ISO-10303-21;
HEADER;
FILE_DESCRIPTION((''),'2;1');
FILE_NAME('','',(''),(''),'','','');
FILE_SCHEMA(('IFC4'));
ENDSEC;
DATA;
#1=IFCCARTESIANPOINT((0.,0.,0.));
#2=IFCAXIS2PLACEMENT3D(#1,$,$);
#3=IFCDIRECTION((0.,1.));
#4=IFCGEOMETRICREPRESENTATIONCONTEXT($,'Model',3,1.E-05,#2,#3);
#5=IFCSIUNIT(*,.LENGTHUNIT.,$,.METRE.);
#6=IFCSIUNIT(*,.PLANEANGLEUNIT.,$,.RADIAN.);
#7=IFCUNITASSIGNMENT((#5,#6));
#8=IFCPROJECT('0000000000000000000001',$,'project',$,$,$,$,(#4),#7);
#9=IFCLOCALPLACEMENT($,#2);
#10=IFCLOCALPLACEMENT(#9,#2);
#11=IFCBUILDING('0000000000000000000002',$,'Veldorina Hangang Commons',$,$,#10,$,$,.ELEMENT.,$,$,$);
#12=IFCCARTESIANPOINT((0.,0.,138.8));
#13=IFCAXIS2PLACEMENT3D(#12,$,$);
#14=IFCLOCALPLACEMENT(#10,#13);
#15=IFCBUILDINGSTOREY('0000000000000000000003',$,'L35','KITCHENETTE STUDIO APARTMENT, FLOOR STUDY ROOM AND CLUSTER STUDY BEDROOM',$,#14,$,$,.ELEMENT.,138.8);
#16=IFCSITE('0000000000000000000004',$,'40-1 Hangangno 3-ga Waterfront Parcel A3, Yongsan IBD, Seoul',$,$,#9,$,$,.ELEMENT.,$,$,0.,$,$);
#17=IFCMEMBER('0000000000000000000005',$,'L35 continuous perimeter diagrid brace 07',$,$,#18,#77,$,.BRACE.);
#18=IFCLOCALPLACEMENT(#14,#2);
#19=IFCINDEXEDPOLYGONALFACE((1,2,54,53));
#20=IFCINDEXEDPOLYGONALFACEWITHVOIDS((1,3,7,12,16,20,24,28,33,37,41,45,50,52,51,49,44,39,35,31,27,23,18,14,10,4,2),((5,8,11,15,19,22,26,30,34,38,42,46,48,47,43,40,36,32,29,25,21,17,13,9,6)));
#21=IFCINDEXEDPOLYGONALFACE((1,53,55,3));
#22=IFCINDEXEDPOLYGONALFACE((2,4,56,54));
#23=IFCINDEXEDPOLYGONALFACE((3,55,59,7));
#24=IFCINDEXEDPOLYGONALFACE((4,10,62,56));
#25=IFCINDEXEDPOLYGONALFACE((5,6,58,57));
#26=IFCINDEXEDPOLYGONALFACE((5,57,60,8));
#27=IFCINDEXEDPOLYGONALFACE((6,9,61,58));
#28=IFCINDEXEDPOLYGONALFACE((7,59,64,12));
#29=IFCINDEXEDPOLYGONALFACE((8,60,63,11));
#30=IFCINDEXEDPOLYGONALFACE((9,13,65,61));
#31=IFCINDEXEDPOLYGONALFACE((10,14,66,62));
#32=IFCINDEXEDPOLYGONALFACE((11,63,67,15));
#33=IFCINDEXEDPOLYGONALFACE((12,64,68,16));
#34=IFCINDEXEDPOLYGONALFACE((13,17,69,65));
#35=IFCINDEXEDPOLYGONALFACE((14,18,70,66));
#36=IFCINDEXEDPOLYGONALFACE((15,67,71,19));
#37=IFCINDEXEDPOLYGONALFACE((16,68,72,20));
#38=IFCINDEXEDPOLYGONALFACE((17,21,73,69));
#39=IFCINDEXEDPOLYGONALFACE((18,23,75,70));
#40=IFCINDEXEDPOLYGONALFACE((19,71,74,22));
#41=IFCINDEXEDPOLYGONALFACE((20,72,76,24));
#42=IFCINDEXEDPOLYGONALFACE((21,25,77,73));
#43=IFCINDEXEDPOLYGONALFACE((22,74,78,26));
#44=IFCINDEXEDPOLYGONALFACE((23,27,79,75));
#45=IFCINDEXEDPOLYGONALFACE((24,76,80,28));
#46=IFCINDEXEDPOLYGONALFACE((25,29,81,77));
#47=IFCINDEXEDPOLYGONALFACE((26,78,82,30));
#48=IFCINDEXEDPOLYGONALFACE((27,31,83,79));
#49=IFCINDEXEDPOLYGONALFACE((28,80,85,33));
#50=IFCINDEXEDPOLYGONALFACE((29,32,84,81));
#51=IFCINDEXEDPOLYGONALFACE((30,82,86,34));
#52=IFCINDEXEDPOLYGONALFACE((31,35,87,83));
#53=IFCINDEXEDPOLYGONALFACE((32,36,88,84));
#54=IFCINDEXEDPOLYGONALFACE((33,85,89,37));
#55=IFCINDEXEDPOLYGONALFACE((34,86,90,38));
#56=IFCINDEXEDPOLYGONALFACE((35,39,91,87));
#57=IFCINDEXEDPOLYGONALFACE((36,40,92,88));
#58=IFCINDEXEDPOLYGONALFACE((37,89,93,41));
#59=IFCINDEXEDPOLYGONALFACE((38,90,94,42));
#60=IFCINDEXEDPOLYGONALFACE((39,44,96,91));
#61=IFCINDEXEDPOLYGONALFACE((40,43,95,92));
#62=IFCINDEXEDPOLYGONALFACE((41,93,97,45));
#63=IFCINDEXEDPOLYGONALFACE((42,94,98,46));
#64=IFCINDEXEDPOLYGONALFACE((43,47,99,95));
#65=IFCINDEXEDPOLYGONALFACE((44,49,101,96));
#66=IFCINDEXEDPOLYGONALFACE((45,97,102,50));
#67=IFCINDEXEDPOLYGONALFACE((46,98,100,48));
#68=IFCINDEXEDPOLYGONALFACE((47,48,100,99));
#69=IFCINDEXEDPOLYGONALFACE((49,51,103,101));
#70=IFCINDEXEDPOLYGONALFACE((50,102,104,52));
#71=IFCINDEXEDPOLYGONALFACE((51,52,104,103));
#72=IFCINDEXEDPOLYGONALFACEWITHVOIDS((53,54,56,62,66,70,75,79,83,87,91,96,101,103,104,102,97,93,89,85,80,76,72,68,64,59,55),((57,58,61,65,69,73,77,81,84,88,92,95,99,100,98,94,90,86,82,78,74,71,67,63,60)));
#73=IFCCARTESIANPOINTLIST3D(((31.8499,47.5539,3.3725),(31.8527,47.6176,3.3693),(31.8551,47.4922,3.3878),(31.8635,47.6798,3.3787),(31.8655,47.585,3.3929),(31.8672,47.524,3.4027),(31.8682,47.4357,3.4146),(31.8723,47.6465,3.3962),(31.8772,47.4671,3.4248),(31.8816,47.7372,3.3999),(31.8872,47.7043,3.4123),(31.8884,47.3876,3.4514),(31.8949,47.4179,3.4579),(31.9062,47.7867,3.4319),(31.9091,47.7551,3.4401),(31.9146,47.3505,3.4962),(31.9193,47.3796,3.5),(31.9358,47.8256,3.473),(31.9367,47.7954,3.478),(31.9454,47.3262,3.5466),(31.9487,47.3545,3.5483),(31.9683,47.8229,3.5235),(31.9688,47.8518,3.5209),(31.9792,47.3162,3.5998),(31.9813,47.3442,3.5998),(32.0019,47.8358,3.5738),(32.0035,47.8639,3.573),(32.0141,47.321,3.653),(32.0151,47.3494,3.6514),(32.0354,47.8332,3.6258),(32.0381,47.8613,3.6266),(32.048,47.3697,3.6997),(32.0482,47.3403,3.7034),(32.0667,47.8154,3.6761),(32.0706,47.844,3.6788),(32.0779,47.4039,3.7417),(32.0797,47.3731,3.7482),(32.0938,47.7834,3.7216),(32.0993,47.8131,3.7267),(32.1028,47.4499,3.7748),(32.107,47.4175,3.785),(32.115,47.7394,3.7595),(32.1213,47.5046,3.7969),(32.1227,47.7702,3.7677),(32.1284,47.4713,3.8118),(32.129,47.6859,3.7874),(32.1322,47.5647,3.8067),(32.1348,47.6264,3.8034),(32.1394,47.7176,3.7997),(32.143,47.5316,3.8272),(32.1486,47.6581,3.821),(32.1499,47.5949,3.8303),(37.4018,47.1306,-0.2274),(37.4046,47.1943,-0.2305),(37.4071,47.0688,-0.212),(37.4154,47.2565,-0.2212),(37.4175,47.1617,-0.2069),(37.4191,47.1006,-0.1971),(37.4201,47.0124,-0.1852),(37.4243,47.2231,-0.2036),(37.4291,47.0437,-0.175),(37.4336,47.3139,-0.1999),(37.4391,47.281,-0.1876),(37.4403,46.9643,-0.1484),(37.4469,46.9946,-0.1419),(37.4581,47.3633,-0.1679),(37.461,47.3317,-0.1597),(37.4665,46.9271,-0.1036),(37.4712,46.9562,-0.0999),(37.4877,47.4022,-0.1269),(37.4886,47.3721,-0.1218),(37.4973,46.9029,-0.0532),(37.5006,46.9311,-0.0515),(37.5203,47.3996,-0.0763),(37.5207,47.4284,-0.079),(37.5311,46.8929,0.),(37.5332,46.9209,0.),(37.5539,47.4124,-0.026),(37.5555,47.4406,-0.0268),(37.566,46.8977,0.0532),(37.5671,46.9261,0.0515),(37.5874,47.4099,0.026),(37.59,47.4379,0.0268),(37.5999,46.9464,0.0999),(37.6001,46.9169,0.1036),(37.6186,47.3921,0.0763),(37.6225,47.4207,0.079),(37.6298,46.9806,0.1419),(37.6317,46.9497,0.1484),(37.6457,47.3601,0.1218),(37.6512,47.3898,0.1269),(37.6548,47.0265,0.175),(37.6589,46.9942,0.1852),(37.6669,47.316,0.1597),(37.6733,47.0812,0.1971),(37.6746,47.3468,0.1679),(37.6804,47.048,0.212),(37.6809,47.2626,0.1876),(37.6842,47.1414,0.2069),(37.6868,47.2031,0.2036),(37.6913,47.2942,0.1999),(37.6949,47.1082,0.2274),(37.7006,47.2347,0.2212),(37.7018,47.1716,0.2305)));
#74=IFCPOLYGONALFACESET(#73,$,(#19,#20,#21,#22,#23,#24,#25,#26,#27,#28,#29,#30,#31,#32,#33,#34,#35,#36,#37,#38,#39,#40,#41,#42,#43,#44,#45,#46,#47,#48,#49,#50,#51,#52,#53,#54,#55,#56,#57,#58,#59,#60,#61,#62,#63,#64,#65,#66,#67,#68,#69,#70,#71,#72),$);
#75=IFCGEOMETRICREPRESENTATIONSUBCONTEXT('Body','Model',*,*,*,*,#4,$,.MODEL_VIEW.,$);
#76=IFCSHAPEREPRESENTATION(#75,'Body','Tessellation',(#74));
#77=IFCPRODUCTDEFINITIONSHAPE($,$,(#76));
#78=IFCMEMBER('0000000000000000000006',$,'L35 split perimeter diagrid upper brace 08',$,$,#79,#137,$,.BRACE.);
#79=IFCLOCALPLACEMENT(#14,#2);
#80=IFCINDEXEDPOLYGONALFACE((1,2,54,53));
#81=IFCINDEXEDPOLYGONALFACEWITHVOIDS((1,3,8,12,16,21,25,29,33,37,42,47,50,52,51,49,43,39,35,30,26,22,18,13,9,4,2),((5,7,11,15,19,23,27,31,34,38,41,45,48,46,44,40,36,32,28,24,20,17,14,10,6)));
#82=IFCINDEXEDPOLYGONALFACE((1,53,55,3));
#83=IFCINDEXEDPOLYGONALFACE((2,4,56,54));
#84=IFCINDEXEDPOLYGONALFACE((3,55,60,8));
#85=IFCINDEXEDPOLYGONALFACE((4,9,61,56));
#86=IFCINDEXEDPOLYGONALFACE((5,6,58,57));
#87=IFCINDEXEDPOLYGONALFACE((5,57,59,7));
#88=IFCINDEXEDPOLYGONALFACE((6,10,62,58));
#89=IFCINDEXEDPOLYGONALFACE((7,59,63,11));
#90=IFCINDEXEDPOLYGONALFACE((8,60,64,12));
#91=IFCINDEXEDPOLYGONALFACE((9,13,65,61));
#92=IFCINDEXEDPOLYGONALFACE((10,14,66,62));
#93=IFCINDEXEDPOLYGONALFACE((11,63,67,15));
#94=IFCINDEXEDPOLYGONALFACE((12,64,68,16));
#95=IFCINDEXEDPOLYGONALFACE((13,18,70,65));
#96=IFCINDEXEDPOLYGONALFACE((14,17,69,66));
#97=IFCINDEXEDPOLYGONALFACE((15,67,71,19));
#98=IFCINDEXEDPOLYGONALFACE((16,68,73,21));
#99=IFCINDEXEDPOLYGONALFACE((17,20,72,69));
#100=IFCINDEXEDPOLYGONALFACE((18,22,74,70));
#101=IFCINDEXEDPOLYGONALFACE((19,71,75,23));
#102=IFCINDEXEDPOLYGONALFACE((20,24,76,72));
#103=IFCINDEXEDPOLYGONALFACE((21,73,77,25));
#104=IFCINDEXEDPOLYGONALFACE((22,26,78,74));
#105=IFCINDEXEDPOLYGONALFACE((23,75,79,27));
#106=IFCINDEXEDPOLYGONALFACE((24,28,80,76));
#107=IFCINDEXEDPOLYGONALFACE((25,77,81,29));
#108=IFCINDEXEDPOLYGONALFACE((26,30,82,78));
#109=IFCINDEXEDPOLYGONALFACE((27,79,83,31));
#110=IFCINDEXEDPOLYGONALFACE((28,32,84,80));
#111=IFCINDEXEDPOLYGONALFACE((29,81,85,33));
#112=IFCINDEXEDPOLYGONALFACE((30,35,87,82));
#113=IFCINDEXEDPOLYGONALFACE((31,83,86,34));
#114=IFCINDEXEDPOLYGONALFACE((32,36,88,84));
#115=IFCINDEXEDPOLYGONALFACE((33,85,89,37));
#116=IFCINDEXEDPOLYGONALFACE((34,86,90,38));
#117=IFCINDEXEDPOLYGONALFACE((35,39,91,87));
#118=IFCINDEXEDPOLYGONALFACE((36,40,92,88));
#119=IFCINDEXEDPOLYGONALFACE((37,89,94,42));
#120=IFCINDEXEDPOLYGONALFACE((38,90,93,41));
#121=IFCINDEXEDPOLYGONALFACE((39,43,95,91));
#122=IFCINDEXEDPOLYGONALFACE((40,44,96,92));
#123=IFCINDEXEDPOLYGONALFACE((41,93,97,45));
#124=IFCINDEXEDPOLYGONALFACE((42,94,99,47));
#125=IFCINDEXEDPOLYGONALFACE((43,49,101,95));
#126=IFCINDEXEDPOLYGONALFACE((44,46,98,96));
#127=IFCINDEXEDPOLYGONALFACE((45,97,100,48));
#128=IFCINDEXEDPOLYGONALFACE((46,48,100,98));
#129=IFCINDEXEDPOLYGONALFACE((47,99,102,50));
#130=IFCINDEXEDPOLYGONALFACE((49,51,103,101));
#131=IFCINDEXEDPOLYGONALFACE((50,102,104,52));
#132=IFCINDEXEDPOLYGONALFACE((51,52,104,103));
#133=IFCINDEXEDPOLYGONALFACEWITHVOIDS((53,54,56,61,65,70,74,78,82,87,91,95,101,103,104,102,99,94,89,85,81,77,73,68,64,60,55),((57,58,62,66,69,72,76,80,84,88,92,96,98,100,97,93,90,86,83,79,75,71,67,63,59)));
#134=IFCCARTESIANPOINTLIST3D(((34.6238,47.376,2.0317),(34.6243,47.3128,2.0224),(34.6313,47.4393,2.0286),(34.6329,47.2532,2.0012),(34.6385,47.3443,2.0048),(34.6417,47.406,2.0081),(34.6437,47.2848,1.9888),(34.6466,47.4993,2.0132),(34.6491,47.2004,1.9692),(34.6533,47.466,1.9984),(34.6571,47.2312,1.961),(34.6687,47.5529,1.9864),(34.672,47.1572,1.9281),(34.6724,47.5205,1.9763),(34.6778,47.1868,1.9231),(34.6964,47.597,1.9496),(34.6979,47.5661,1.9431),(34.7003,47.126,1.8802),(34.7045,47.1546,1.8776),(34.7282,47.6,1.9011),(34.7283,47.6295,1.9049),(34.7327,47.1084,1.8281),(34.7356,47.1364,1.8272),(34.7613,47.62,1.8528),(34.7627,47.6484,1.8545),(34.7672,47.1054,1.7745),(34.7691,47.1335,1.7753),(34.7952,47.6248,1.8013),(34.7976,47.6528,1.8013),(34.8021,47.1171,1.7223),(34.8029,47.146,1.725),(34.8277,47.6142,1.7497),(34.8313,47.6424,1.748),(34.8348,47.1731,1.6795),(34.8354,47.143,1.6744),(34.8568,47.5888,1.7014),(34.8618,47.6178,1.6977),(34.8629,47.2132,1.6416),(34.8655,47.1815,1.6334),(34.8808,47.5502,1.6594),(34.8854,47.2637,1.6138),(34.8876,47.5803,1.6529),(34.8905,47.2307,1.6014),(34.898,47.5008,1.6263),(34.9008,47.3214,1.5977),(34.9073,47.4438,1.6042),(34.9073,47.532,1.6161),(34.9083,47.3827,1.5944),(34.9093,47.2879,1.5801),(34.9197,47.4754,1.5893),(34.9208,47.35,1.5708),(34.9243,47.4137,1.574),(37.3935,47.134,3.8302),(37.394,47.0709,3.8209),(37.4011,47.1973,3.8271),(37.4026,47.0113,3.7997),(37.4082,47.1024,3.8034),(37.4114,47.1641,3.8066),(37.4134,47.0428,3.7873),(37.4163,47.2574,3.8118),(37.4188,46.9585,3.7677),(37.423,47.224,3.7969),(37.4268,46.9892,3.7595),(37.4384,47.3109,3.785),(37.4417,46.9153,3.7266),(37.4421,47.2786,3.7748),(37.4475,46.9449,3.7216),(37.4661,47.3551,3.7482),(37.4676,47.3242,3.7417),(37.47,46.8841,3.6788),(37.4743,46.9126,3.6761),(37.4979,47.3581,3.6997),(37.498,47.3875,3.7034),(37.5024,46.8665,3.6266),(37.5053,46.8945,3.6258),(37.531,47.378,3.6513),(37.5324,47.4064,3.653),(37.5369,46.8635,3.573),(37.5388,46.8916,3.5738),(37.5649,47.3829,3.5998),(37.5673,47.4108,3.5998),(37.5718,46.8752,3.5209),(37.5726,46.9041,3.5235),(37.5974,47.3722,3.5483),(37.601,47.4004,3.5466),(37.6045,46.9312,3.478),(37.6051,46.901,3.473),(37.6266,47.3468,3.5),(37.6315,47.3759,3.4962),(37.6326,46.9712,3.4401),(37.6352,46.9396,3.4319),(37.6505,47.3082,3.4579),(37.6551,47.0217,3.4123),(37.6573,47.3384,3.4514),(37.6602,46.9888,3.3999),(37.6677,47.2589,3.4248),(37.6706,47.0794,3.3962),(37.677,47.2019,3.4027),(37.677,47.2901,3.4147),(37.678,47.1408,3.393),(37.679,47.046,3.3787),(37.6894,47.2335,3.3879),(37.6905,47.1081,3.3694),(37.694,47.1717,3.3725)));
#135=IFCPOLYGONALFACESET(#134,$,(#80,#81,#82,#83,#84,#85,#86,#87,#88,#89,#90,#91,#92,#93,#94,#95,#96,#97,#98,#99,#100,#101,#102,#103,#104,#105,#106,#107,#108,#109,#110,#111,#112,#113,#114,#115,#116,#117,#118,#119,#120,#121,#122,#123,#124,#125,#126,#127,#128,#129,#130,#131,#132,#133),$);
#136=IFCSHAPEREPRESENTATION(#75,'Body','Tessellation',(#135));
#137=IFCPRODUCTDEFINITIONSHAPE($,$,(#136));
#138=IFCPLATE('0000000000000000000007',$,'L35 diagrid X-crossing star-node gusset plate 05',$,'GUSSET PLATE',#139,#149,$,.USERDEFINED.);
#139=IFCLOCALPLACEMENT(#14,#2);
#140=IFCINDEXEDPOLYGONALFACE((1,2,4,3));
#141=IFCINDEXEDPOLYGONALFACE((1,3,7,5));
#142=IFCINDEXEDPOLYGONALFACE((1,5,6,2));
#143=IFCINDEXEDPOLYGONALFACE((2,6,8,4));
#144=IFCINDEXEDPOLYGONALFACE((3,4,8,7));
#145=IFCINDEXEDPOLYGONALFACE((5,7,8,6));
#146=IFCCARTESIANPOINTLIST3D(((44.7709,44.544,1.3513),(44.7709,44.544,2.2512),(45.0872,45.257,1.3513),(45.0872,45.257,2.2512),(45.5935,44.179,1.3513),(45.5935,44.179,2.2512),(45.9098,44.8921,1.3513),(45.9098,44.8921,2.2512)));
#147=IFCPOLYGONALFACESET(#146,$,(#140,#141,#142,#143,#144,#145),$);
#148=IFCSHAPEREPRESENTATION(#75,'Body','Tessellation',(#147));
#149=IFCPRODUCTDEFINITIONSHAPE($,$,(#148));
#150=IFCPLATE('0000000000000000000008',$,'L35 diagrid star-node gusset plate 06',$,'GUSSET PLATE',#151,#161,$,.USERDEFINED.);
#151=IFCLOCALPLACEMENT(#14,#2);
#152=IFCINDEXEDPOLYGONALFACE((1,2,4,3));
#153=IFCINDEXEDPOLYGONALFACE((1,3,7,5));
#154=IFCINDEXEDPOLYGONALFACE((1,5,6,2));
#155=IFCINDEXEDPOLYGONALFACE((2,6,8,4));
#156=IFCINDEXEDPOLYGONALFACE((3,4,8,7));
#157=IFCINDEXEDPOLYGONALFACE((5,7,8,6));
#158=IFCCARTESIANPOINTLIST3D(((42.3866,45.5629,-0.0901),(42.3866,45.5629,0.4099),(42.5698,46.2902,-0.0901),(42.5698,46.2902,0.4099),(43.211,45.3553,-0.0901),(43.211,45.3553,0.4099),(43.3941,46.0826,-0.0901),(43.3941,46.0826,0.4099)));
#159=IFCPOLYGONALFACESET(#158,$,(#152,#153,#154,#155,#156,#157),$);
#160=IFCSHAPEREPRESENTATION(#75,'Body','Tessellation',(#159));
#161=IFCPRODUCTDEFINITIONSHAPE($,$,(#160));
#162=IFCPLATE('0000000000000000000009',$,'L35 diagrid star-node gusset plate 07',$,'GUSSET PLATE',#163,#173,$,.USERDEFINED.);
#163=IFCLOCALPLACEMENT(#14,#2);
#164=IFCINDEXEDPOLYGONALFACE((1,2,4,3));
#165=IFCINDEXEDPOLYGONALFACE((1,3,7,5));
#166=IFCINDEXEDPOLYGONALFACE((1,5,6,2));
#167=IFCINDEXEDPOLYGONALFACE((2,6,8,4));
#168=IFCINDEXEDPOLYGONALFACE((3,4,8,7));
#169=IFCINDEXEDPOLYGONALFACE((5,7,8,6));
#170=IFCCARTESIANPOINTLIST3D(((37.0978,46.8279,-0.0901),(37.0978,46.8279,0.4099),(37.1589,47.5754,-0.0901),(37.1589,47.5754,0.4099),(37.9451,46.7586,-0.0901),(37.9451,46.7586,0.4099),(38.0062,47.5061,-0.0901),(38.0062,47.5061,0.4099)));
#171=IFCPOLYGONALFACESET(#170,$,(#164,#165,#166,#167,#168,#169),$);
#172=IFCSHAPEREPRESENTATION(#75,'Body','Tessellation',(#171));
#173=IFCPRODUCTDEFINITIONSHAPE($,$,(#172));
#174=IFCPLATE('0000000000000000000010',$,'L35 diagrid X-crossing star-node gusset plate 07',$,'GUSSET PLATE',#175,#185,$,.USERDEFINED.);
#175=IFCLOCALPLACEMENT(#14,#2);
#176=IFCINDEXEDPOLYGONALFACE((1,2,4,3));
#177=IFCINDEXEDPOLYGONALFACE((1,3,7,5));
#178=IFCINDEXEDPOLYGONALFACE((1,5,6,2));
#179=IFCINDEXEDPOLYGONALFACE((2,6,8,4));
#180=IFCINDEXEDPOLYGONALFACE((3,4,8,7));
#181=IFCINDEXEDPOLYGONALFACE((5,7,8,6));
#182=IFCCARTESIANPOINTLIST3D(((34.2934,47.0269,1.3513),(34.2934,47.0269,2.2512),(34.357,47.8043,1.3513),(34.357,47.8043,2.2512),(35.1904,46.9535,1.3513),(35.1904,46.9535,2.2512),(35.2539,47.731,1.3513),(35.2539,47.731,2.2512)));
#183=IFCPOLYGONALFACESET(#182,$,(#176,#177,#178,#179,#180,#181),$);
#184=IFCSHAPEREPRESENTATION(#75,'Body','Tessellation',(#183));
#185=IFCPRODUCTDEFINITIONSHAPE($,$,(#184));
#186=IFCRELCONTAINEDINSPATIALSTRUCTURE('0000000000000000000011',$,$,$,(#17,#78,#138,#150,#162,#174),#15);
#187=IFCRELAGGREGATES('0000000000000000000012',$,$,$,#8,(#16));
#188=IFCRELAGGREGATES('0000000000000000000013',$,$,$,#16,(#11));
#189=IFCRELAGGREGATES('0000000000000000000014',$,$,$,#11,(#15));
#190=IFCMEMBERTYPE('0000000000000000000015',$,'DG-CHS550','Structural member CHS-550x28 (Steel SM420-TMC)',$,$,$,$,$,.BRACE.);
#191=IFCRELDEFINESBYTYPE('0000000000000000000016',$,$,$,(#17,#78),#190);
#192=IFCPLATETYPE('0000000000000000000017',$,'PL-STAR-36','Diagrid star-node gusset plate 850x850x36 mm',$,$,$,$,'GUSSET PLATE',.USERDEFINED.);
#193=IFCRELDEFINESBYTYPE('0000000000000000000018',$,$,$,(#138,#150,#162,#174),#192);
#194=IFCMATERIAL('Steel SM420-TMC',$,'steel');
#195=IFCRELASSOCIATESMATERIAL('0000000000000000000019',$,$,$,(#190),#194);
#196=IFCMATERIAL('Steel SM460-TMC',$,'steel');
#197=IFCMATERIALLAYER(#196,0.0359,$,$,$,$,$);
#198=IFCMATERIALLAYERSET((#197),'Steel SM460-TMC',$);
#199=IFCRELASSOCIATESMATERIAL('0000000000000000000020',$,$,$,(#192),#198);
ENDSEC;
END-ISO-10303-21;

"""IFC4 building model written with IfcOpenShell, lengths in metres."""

from ifc_helpers import new_model, si_unit, direction, frame, origin, origin_2d, place, context, subcontext, project, spatial, rectangle, hollow_circle, extrude, material, layer, layer_set, material_profile, profile_set, type_object, element, save


model = new_model("IFC4")

# Units and contexts
model_context = context("Model", 3, precision=1e-05, world=origin(), true_north=direction((0.0, 1.0)))
body_context = subcontext(model_context, "Body", "Model", "MODEL_VIEW")
ifc_project = project(units=[si_unit("LENGTHUNIT", "METRE"), si_unit("PLANEANGLEUNIT", "RADIAN")], contexts=[model_context])

# Site, building, storey
site_placement = place(None, origin())
site = spatial("IfcSite", under=ifc_project, at=site_placement, Name="40-1 Hangangno 3-ga Waterfront Parcel A3, Yongsan IBD, Seoul", CompositionType="ELEMENT", RefElevation=0.0)
building_placement = place(site_placement, origin())
building = spatial("IfcBuilding", under=site, at=building_placement, Name="Veldorina Hangang Commons", CompositionType="ELEMENT")
storey_placement = place(building_placement, frame((0.0, 0.0, 138.8)))
storey = spatial("IfcBuildingStorey", under=building, at=storey_placement, Name="L35", Description="KITCHENETTE STUDIO APARTMENT, FLOOR STUDY ROOM AND CLUSTER STUDY BEDROOM", CompositionType="ELEMENT", Elevation=138.8)

# Shared definitions
ifc_material_1 = material(Name="Steel SM420-TMC", Category="steel")

# Members
ifc_material_profile_1 = material_profile(ifc_material_1, hollow_circle(Radius=0.2749, WallThickness=0.0281, at=origin_2d()), Name="CHS-550x28")
ifc_profile_set_1 = profile_set([ifc_material_profile_1], Name="Steel SM420-TMC")
member_type = type_object("IfcMemberType", Name="DG-CHS550", Description="Structural member CHS-550x28 (Steel SM420-TMC)", PredefinedType="BRACE", material=ifc_profile_set_1)
member_1_placement = place(storey_placement, frame((37.552, 47.167, 0.0), z_axis=(-0.837349, 0.063848, 0.542927), x_axis=(-0.076029, -0.997106, 0.0)))
element("IfcMember", 1, at=member_1_placement, inside=storey, type_object=member_type, Name="L35 continuous perimeter diagrid brace 07", PredefinedType="BRACE", context=body_context, shape_type="SweptSolid", body=[
    extrude(hollow_circle(Radius=0.2749, WallThickness=0.0281, at=origin_2d()), origin(), (0.0, 0.0, 1.0), 6.6304),
])
member_2_placement = place(storey_placement, frame((34.7737, 47.3789, 1.8013), z_axis=(0.836447, -0.073065, 0.543156), x_axis=(0.08702, 0.996207, 0.0)))
element("IfcMember", 2, at=member_2_placement, inside=storey, type_object=member_type, Name="L35 split perimeter diagrid upper brace 08", PredefinedType="BRACE", context=body_context, shape_type="SweptSolid", body=[
    extrude(hollow_circle(Radius=0.2749, WallThickness=0.0281, at=origin_2d()), origin(), (0.0, 0.0, 1.0), 3.3113),
])

# Plates
ifc_material_2 = material(Name="Steel SM460-TMC", Category="steel")
ifc_layer_1 = layer(ifc_material_2, 0.0359)
ifc_layer_set_1 = layer_set([ifc_layer_1], Name="Steel SM460-TMC")
plate_type = type_object("IfcPlateType", Name="PL-STAR-36", Description="Diagrid star-node gusset plate 850x850x36 mm", ElementType="GUSSET PLATE", PredefinedType="USERDEFINED", material=ifc_layer_set_1)
plate_1_placement = place(storey_placement, frame((45.3403, 44.718, 1.3513), z_axis=(0.0, 0.0, 1.0), x_axis=(-0.914084, 0.405525, 0.0)))
element("IfcPlate", 3, at=plate_1_placement, inside=storey, type_object=plate_type, Name="L35 diagrid X-crossing star-node gusset plate 05", ObjectType="GUSSET PLATE", PredefinedType="USERDEFINED", context=body_context, shape_type="SweptSolid", body=[
    extrude(rectangle(XDim=0.8999, YDim=0.78, at=origin_2d()), origin(), (0.0, 0.0, 1.0), 0.8999),
])
for number, where, z_axis, x_axis, name in (
    (4, (42.8904, 45.8228, -0.0901), (0.0, 0.0, 1.0), (-0.969736, 0.244157, 0.0), "L35 diagrid star-node gusset plate 06"),
    (5, (37.552, 47.167, -0.0901), (0.0, 0.0, 1.0), (-0.996674, 0.081486, 0.0), "L35 diagrid star-node gusset plate 07"),
):
    element("IfcPlate", number, at=place(storey_placement, frame(where, z_axis=z_axis, x_axis=x_axis)), inside=storey, type_object=plate_type, Name=name, ObjectType="GUSSET PLATE", PredefinedType="USERDEFINED", context=body_context, shape_type="SweptSolid", body=[
        extrude(rectangle(XDim=0.8501, YDim=0.75, at=origin_2d()), origin(), (0.0, 0.0, 1.0), 0.5),
    ])
plate_2_placement = place(storey_placement, frame((34.7737, 47.3789, 1.3513), z_axis=(0.0, 0.0, 1.0), x_axis=(-0.996674, 0.081486, 0.0)))
element("IfcPlate", 6, at=plate_2_placement, inside=storey, type_object=plate_type, Name="L35 diagrid X-crossing star-node gusset plate 07", ObjectType="GUSSET PLATE", PredefinedType="USERDEFINED", context=body_context, shape_type="SweptSolid", body=[
    extrude(rectangle(XDim=0.8999, YDim=0.78, at=origin_2d()), origin(), (0.0, 0.0, 1.0), 0.8999),
])

save(model, "model.ifc")
